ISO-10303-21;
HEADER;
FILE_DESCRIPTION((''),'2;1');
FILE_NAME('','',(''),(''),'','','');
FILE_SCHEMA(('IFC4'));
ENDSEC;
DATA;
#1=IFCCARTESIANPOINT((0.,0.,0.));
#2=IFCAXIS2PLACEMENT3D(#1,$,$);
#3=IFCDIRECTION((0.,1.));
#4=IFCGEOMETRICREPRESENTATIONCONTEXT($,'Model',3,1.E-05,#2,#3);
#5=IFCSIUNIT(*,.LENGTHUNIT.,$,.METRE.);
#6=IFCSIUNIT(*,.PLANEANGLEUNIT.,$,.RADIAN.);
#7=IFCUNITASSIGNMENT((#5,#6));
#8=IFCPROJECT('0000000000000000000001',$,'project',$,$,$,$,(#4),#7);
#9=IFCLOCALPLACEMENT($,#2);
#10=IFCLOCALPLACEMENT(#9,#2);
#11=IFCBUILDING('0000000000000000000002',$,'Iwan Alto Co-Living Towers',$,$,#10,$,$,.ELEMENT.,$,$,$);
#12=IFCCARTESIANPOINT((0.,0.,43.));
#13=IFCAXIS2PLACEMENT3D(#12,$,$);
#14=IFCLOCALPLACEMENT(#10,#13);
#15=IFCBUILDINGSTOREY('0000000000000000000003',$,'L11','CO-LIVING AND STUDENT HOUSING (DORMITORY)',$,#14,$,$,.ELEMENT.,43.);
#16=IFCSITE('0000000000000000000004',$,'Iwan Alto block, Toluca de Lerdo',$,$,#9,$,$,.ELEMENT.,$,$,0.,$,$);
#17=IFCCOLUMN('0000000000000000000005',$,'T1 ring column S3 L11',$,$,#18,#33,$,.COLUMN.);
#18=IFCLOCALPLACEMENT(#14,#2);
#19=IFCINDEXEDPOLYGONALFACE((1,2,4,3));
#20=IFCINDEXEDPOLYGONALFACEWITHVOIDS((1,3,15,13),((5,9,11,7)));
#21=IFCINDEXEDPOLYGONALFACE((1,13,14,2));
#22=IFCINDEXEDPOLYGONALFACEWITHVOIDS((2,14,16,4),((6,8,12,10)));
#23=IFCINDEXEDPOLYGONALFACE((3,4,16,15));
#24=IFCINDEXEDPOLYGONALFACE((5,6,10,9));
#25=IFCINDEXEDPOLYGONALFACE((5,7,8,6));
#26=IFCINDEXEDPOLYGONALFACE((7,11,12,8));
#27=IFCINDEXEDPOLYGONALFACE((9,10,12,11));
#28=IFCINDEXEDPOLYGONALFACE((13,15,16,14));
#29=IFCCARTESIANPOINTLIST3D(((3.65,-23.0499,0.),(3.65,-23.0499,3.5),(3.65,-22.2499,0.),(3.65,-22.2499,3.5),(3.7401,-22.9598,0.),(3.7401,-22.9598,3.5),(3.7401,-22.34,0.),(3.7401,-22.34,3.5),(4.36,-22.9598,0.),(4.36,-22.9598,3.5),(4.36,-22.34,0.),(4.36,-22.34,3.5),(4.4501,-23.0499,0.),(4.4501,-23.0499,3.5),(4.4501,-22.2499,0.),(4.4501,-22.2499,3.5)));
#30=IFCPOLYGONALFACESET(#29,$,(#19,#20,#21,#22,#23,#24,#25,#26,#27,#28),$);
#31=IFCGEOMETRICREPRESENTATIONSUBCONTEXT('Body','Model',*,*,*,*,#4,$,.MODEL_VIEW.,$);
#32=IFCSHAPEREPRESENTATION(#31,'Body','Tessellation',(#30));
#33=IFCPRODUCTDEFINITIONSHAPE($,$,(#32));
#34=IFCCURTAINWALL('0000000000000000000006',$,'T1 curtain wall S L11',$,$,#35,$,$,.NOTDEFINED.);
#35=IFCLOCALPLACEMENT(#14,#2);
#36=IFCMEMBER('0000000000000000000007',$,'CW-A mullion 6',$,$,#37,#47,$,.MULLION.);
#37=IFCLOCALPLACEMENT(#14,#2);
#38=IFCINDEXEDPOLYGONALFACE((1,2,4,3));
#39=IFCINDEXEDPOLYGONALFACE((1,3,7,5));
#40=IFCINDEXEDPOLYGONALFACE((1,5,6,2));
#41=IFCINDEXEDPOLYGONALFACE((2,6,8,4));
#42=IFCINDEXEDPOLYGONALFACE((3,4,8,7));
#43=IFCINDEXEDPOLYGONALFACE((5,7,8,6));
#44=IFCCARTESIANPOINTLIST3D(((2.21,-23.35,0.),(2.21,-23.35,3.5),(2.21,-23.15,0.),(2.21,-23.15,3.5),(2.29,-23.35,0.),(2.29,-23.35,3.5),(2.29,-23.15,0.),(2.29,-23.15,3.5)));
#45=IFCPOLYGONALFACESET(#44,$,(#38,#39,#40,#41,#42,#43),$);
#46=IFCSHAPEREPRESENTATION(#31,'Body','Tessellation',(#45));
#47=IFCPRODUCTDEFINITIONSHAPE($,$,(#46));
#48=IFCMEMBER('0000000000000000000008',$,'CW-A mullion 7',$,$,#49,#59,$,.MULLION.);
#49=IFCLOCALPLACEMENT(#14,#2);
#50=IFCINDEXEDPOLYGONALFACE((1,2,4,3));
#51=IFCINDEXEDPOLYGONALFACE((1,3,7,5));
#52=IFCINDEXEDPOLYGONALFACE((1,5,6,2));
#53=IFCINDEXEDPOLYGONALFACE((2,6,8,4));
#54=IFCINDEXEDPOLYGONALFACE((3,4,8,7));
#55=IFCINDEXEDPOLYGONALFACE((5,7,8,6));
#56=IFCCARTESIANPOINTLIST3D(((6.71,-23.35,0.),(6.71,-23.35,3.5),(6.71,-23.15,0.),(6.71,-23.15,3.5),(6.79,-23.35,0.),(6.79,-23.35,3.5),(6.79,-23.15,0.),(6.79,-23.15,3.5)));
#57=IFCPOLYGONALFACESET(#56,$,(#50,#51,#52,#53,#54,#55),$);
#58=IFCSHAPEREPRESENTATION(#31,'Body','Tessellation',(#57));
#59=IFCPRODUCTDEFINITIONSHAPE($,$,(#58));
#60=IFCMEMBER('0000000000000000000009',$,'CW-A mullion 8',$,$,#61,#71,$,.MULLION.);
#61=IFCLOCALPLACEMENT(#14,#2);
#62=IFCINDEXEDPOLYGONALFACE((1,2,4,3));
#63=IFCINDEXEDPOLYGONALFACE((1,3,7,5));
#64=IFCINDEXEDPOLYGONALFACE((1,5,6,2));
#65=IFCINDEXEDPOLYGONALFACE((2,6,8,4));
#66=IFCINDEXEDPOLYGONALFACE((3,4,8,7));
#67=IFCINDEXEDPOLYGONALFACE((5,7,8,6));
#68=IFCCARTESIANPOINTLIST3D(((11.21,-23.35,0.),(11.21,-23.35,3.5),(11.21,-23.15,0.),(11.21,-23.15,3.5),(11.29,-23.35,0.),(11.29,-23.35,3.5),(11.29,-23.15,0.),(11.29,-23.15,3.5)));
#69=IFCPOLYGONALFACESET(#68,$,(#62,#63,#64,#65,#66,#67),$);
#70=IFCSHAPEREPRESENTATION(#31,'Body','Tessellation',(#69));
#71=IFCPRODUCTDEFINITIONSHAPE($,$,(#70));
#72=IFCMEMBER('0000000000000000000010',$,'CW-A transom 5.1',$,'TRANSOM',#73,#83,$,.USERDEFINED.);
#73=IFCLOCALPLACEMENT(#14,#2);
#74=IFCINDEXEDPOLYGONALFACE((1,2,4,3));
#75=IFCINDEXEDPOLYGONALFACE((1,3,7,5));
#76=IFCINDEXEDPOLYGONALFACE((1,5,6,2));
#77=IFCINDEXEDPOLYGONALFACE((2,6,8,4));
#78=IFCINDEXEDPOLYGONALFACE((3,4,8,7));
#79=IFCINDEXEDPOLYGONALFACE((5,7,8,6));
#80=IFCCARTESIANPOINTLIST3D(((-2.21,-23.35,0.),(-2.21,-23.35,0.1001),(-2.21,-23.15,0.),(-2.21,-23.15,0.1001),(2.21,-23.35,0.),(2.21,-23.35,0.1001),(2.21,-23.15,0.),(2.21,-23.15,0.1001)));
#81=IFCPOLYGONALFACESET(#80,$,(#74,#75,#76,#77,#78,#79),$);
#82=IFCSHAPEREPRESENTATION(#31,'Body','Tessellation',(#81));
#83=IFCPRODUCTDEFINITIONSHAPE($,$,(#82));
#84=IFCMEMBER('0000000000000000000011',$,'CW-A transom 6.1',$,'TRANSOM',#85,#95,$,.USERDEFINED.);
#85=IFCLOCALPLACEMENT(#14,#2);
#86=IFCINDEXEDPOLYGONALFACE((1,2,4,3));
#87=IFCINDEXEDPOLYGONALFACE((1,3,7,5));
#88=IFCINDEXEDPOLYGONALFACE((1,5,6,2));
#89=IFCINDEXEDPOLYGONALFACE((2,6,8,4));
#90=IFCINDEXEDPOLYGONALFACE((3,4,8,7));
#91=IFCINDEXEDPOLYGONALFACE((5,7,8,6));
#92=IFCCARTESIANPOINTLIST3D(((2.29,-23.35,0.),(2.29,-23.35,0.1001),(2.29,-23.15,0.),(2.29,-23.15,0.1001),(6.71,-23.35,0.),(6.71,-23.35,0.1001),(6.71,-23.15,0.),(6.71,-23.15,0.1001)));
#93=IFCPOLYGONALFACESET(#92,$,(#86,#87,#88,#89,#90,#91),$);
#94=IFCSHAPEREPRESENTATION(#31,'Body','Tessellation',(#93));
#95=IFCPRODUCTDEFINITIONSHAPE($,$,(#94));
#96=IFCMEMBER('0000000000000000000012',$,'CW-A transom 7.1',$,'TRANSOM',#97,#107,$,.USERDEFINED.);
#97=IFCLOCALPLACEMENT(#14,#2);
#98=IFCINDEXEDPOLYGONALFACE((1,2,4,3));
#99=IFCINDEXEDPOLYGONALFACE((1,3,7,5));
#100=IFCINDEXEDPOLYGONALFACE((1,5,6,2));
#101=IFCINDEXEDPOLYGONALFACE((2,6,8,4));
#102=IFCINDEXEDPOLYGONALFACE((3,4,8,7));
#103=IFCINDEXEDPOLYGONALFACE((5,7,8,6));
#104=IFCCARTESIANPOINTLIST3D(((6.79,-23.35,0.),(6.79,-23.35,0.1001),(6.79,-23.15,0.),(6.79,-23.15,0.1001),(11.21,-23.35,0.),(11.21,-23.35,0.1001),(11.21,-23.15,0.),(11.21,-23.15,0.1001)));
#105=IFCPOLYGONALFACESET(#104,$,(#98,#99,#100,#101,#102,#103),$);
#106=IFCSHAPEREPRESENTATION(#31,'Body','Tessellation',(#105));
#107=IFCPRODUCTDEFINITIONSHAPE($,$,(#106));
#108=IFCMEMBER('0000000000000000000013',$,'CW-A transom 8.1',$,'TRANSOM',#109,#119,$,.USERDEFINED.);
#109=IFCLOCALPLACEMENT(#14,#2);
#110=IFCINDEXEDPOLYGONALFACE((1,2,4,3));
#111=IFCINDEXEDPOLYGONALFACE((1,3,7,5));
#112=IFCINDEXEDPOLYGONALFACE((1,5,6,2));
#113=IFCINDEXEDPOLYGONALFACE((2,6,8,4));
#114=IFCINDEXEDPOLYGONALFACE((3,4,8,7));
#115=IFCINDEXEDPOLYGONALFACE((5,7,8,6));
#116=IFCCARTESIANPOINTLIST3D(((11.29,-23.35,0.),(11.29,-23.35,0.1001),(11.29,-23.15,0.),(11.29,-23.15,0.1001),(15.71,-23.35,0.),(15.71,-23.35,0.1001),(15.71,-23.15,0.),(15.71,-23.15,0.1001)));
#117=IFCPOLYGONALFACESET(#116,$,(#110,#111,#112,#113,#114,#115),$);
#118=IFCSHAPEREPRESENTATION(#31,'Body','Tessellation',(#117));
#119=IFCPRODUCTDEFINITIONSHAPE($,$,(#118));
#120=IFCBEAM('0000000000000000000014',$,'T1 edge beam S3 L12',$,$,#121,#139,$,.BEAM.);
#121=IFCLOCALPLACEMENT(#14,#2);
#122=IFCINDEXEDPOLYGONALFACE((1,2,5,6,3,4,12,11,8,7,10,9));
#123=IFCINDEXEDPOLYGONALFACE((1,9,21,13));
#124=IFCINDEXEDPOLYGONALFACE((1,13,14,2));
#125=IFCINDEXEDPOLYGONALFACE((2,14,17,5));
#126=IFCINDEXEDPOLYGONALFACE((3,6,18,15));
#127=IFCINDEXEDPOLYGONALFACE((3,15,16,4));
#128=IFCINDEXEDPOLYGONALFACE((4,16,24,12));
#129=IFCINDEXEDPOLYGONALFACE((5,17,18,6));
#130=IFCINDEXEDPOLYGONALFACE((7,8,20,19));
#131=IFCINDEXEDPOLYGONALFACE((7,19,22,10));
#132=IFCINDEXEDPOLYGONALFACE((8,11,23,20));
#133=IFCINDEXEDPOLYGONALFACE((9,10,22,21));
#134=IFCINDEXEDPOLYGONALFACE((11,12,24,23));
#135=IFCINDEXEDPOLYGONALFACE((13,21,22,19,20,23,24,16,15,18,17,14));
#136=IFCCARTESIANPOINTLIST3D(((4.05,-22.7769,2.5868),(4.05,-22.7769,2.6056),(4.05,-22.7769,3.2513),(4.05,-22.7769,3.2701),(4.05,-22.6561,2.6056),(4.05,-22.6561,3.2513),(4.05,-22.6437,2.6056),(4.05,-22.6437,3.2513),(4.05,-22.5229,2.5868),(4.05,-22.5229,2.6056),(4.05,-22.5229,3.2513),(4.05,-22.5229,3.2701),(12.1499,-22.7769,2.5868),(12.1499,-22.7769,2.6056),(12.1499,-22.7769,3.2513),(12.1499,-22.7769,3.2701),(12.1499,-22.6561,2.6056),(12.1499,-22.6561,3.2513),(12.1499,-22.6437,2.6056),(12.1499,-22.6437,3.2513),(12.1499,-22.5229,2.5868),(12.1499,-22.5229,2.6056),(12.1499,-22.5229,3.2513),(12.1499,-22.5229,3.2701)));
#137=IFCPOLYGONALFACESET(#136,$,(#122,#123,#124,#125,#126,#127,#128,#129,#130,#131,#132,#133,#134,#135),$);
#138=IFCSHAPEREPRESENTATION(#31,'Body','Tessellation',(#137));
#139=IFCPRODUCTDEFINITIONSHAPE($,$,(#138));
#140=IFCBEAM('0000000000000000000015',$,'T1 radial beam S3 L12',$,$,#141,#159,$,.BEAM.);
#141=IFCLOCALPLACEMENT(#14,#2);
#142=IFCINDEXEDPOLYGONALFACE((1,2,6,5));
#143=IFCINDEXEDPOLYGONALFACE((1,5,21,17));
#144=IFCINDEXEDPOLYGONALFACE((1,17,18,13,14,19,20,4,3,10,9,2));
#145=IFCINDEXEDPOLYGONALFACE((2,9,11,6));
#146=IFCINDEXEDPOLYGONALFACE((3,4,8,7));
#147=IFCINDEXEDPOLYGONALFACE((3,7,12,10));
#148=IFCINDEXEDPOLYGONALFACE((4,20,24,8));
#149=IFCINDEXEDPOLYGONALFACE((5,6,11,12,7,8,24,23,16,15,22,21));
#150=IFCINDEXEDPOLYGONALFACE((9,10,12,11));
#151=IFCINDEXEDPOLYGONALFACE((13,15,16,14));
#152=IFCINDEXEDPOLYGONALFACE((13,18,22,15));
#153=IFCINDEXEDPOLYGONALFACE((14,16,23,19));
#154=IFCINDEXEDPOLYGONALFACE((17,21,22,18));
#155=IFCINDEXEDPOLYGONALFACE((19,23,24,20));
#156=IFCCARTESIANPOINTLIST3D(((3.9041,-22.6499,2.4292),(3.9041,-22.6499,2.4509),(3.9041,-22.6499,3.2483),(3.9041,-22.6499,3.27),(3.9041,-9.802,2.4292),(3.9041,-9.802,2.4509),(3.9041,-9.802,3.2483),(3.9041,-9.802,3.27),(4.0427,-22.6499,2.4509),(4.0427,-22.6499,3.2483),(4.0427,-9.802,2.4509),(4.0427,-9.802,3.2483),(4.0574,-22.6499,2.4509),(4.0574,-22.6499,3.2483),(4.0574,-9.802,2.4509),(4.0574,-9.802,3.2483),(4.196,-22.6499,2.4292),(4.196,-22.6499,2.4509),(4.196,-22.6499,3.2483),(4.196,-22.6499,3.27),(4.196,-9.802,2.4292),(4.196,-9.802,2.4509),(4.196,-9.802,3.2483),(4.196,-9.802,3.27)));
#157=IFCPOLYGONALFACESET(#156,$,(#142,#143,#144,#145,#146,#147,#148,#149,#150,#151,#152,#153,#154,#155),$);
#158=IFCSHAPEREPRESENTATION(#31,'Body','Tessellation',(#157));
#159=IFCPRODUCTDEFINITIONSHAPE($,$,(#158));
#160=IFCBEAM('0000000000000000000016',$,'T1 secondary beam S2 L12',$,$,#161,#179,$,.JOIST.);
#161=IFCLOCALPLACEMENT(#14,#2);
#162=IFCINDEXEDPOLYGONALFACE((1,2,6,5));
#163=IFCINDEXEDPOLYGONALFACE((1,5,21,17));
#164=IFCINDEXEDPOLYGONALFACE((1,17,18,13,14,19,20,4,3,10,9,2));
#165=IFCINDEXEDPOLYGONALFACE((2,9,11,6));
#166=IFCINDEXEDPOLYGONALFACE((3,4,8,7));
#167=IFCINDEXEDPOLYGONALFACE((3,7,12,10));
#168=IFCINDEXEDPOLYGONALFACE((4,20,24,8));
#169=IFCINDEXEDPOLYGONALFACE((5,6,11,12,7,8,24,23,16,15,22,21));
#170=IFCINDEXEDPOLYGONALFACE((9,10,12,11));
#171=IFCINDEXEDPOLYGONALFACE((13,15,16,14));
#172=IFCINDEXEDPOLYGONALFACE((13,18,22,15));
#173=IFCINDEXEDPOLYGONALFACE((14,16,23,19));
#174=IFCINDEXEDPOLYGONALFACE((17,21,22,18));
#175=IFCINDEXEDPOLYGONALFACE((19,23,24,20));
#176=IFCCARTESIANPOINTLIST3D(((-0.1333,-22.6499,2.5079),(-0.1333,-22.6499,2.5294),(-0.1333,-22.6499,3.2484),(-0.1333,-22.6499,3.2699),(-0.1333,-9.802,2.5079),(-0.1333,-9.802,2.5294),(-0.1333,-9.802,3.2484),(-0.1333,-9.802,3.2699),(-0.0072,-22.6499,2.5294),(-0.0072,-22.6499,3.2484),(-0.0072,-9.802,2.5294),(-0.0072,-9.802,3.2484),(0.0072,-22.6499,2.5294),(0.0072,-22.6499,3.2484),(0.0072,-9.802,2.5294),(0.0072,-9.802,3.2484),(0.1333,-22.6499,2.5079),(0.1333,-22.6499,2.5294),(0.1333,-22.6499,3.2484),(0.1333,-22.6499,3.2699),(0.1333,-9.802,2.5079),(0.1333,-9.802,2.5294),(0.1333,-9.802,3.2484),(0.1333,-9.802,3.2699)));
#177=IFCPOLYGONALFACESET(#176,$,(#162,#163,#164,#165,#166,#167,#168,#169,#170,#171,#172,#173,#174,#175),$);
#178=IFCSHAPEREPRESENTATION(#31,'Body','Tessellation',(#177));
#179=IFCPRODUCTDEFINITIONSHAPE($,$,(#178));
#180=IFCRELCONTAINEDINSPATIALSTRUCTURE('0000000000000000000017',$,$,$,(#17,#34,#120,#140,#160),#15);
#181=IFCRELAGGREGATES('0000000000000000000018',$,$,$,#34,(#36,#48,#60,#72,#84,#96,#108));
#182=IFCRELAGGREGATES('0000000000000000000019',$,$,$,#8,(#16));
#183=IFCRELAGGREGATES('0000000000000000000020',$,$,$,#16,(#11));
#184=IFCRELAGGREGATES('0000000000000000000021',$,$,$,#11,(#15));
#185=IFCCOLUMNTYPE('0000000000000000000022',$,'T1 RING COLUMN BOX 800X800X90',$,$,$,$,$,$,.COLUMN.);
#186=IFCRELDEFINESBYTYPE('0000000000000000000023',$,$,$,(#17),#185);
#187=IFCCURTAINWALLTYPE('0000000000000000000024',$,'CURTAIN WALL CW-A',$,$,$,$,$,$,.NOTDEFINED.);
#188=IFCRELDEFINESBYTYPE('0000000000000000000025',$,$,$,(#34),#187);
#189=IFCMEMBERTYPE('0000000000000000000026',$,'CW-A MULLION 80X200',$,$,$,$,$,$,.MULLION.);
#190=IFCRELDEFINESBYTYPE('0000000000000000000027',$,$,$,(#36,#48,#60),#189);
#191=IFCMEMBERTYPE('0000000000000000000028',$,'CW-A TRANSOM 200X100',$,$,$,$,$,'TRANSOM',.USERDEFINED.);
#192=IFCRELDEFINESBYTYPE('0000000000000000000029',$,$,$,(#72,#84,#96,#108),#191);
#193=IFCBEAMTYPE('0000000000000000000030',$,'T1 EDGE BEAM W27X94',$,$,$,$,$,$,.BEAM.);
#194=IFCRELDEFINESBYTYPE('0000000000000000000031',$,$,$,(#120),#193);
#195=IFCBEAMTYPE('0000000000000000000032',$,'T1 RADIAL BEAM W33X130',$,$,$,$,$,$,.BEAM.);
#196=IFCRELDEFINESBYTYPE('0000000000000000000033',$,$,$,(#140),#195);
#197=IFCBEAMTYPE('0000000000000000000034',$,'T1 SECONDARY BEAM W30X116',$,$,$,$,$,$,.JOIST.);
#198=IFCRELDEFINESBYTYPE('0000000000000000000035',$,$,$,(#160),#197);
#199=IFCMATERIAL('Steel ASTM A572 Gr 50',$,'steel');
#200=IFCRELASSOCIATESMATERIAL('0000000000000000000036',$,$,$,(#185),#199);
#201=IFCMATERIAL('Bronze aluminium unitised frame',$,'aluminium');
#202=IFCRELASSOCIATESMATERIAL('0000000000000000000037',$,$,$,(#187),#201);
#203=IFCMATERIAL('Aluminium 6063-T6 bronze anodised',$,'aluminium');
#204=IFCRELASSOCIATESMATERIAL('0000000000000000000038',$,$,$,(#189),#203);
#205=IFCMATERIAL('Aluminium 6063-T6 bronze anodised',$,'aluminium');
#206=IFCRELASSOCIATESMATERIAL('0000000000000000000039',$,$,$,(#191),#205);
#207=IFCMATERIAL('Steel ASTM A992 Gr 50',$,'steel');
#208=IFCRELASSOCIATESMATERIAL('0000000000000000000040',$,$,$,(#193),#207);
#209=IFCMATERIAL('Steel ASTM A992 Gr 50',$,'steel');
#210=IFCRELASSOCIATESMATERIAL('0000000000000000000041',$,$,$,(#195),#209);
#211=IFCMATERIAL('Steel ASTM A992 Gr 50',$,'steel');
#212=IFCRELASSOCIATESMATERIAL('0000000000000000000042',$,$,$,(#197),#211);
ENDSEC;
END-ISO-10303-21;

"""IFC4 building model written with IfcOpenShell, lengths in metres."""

from ifc_helpers import new_model, si_unit, direction, frame, origin, origin_2d, place, context, subcontext, project, spatial, rectangle, hollow_rectangle, i_section, extrude, material, material_profile, profile_set, type_object, element, aggregate, save


model = new_model("IFC4")

# Units and contexts
model_context = context("Model", 3, precision=1e-05, world=origin(), true_north=direction((0.0, 1.0)))
body_context = subcontext(model_context, "Body", "Model", "MODEL_VIEW")
ifc_project = project(units=[si_unit("LENGTHUNIT", "METRE"), si_unit("PLANEANGLEUNIT", "RADIAN")], contexts=[model_context])

# Site, building, storey
site_placement = place(None, origin())
site = spatial("IfcSite", under=ifc_project, at=site_placement, Name="Iwan Alto block, Toluca de Lerdo", CompositionType="ELEMENT", RefElevation=0.0)
building_placement = place(site_placement, origin())
building = spatial("IfcBuilding", under=site, at=building_placement, Name="Iwan Alto Co-Living Towers", CompositionType="ELEMENT")
storey_placement = place(building_placement, frame((0.0, 0.0, 43.0)))
storey = spatial("IfcBuildingStorey", under=building, at=storey_placement, Name="L11", Description="CO-LIVING AND STUDENT HOUSING (DORMITORY)", CompositionType="ELEMENT", Elevation=43.0)

# Column
ifc_material_1 = material(Name="Steel ASTM A572 Gr 50", Category="steel")
ifc_material_profile_1 = material_profile(ifc_material_1, hollow_rectangle(XDim=0.8, YDim=0.8, WallThickness=0.0901, at=origin_2d()), Name="BOX 800X800X90")
ifc_profile_set_1 = profile_set([ifc_material_profile_1], Name="Steel ASTM A572 Gr 50")
column_type = type_object("IfcColumnType", Name="T1 RING COLUMN BOX 800X800X90", PredefinedType="COLUMN", material=ifc_profile_set_1)
column_placement = place(storey_placement, frame((4.05, -22.6499, 0.0), z_axis=(0.0, 0.0, 1.0), x_axis=(1.0, 0.0, 0.0)))
element("IfcColumn", 1, at=column_placement, inside=storey, type_object=column_type, Name="T1 ring column S3 L11", PredefinedType="COLUMN", context=body_context, shape_type="SweptSolid", body=[
    extrude(hollow_rectangle(XDim=0.8, YDim=0.8, WallThickness=0.0901, at=origin_2d()), origin(), (0.0, 0.0, 1.0), 3.5),
])

# Curtain wall, members
ifc_material_2 = material(Name="Bronze aluminium unitised frame", Category="aluminium")
curtain_wall_type = type_object("IfcCurtainWallType", Name="CURTAIN WALL CW-A", PredefinedType="NOTDEFINED", material=ifc_material_2)
curtain_wall_placement = place(storey_placement, origin())
curtain_wall = element("IfcCurtainWall", 2, at=curtain_wall_placement, inside=storey, type_object=curtain_wall_type, Name="T1 curtain wall S L11", PredefinedType="NOTDEFINED")
ifc_material_3 = material(Name="Aluminium 6063-T6 bronze anodised", Category="aluminium")
ifc_material_profile_2 = material_profile(ifc_material_3, rectangle(XDim=0.2, YDim=0.0801, at=origin_2d()), Name="AL 80X200")
ifc_profile_set_2 = profile_set([ifc_material_profile_2], Name="Aluminium 6063-T6 bronze anodised")
member_type_1 = type_object("IfcMemberType", Name="CW-A MULLION 80X200", PredefinedType="MULLION", material=ifc_profile_set_2)
member_1_placement = place(storey_placement, frame((2.25, -23.25, 0.0), z_axis=(0.0, 0.0, 1.0), x_axis=(0.0, 1.0, 0.0)))
member_1 = element("IfcMember", 3, at=member_1_placement, type_object=member_type_1, Name="CW-A mullion 6", PredefinedType="MULLION", context=body_context, shape_type="SweptSolid", body=[
    extrude(rectangle(XDim=0.2, YDim=0.0801, at=origin_2d()), origin(), (0.0, 0.0, 1.0), 3.5),
])
member_2_placement = place(storey_placement, frame((6.75, -23.25, 0.0), z_axis=(0.0, 0.0, 1.0), x_axis=(0.0, 1.0, 0.0)))
member_2 = element("IfcMember", 4, at=member_2_placement, type_object=member_type_1, Name="CW-A mullion 7", PredefinedType="MULLION", context=body_context, shape_type="SweptSolid", body=[
    extrude(rectangle(XDim=0.2, YDim=0.0801, at=origin_2d()), origin(), (0.0, 0.0, 1.0), 3.5),
])
member_3_placement = place(storey_placement, frame((11.25, -23.25, 0.0), z_axis=(0.0, 0.0, 1.0), x_axis=(0.0, 1.0, 0.0)))
member_3 = element("IfcMember", 5, at=member_3_placement, type_object=member_type_1, Name="CW-A mullion 8", PredefinedType="MULLION", context=body_context, shape_type="SweptSolid", body=[
    extrude(rectangle(XDim=0.2, YDim=0.0801, at=origin_2d()), origin(), (0.0, 0.0, 1.0), 3.5),
])
ifc_material_4 = material(Name="Aluminium 6063-T6 bronze anodised", Category="aluminium")
ifc_material_profile_3 = material_profile(ifc_material_4, rectangle(XDim=0.2, YDim=0.1001, at=origin_2d()), Name="AL 200X100")
ifc_profile_set_3 = profile_set([ifc_material_profile_3], Name="Aluminium 6063-T6 bronze anodised")
member_type_2 = type_object("IfcMemberType", Name="CW-A TRANSOM 200X100", ElementType="TRANSOM", PredefinedType="USERDEFINED", material=ifc_profile_set_3)
member_4_placement = place(storey_placement, frame((-2.21, -23.25, 0.05), z_axis=(1.0, 0.0, 0.0), x_axis=(0.0, 1.0, 0.0)))
member_4 = element("IfcMember", 6, at=member_4_placement, type_object=member_type_2, Name="CW-A transom 5.1", ObjectType="TRANSOM", PredefinedType="USERDEFINED", context=body_context, shape_type="SweptSolid", body=[
    extrude(rectangle(XDim=0.2, YDim=0.1001, at=origin_2d()), origin(), (0.0, 0.0, 1.0), 4.4199),
])
member_5_placement = place(storey_placement, frame((2.29, -23.25, 0.05), z_axis=(1.0, 0.0, 0.0), x_axis=(0.0, 1.0, 0.0)))
member_5 = element("IfcMember", 7, at=member_5_placement, type_object=member_type_2, Name="CW-A transom 6.1", ObjectType="TRANSOM", PredefinedType="USERDEFINED", context=body_context, shape_type="SweptSolid", body=[
    extrude(rectangle(XDim=0.2, YDim=0.1001, at=origin_2d()), origin(), (0.0, 0.0, 1.0), 4.4199),
])
member_6_placement = place(storey_placement, frame((6.79, -23.25, 0.05), z_axis=(1.0, 0.0, 0.0), x_axis=(0.0, 1.0, 0.0)))
member_6 = element("IfcMember", 8, at=member_6_placement, type_object=member_type_2, Name="CW-A transom 7.1", ObjectType="TRANSOM", PredefinedType="USERDEFINED", context=body_context, shape_type="SweptSolid", body=[
    extrude(rectangle(XDim=0.2, YDim=0.1001, at=origin_2d()), origin(), (0.0, 0.0, 1.0), 4.4199),
])
member_7_placement = place(storey_placement, frame((11.29, -23.25, 0.05), z_axis=(1.0, 0.0, 0.0), x_axis=(0.0, 1.0, 0.0)))
member_7 = element("IfcMember", 9, at=member_7_placement, type_object=member_type_2, Name="CW-A transom 8.1", ObjectType="TRANSOM", PredefinedType="USERDEFINED", context=body_context, shape_type="SweptSolid", body=[
    extrude(rectangle(XDim=0.2, YDim=0.1001, at=origin_2d()), origin(), (0.0, 0.0, 1.0), 4.4199),
])

# Beams
ifc_material_5 = material(Name="Steel ASTM A992 Gr 50", Category="steel")
ifc_material_profile_4 = material_profile(ifc_material_5, i_section(OverallWidth=0.2539, OverallDepth=0.6833, WebThickness=0.0125, FlangeThickness=0.0188, at=origin_2d()), Name="W27X94")
ifc_profile_set_4 = profile_set([ifc_material_profile_4], Name="Steel ASTM A992 Gr 50")
beam_type_1 = type_object("IfcBeamType", Name="T1 EDGE BEAM W27X94", PredefinedType="BEAM", material=ifc_profile_set_4)
beam_1_placement = place(storey_placement, frame((4.05, -22.6499, 2.9285), z_axis=(1.0, 0.0, 0.0), x_axis=(0.0, 1.0, 0.0)))
element("IfcBeam", 10, at=beam_1_placement, inside=storey, type_object=beam_type_1, Name="T1 edge beam S3 L12", PredefinedType="BEAM", context=body_context, shape_type="SweptSolid", body=[
    extrude(i_section(OverallWidth=0.2539, OverallDepth=0.6833, WebThickness=0.0125, FlangeThickness=0.0188, at=origin_2d()), origin(), (0.0, 0.0, 1.0), 8.0999),
])
ifc_material_6 = material(Name="Steel ASTM A992 Gr 50", Category="steel")
ifc_material_profile_5 = material_profile(ifc_material_6, i_section(OverallWidth=0.292, OverallDepth=0.8408, WebThickness=0.0146, FlangeThickness=0.0217, at=origin_2d()), Name="W33X130")
ifc_profile_set_5 = profile_set([ifc_material_profile_5], Name="Steel ASTM A992 Gr 50")
beam_type_2 = type_object("IfcBeamType", Name="T1 RADIAL BEAM W33X130", PredefinedType="BEAM", material=ifc_profile_set_5)
beam_2_placement = place(storey_placement, frame((4.05, -22.6499, 2.8496), z_axis=(0.0, 1.0, 0.0), x_axis=(-1.0, 0.0, 0.0)))
element("IfcBeam", 11, at=beam_2_placement, inside=storey, type_object=beam_type_2, Name="T1 radial beam S3 L12", PredefinedType="BEAM", context=body_context, shape_type="SweptSolid", body=[
    extrude(i_section(OverallWidth=0.292, OverallDepth=0.8408, WebThickness=0.0146, FlangeThickness=0.0217, at=origin_2d()), origin(), (0.0, 0.0, 1.0), 12.8479),
])
ifc_material_7 = material(Name="Steel ASTM A992 Gr 50", Category="steel")
ifc_material_profile_6 = material_profile(ifc_material_7, i_section(OverallWidth=0.2666, OverallDepth=0.762, WebThickness=0.0144, FlangeThickness=0.0215, at=origin_2d()), Name="W30X116")
ifc_profile_set_6 = profile_set([ifc_material_profile_6], Name="Steel ASTM A992 Gr 50")
beam_type_3 = type_object("IfcBeamType", Name="T1 SECONDARY BEAM W30X116", PredefinedType="JOIST", material=ifc_profile_set_6)
for number, where, z_axis, x_axis, name in (
    (12, (0.0, -22.6499, 2.8889), (0.0, 1.0, 0.0), (-1.0, 0.0, 0.0), "T1 secondary beam S2 L12"),
):
    element("IfcBeam", number, at=place(storey_placement, frame(where, z_axis=z_axis, x_axis=x_axis)), inside=storey, type_object=beam_type_3, Name=name, PredefinedType="JOIST", context=body_context, shape_type="SweptSolid", body=[
        extrude(i_section(OverallWidth=0.2666, OverallDepth=0.762, WebThickness=0.0144, FlangeThickness=0.0215, at=origin_2d()), origin(), (0.0, 0.0, 1.0), 12.8479),
    ])

aggregate(curtain_wall, [member_1, member_2, member_3, member_4, member_5, member_6, member_7])

save(model, "model.ifc")
